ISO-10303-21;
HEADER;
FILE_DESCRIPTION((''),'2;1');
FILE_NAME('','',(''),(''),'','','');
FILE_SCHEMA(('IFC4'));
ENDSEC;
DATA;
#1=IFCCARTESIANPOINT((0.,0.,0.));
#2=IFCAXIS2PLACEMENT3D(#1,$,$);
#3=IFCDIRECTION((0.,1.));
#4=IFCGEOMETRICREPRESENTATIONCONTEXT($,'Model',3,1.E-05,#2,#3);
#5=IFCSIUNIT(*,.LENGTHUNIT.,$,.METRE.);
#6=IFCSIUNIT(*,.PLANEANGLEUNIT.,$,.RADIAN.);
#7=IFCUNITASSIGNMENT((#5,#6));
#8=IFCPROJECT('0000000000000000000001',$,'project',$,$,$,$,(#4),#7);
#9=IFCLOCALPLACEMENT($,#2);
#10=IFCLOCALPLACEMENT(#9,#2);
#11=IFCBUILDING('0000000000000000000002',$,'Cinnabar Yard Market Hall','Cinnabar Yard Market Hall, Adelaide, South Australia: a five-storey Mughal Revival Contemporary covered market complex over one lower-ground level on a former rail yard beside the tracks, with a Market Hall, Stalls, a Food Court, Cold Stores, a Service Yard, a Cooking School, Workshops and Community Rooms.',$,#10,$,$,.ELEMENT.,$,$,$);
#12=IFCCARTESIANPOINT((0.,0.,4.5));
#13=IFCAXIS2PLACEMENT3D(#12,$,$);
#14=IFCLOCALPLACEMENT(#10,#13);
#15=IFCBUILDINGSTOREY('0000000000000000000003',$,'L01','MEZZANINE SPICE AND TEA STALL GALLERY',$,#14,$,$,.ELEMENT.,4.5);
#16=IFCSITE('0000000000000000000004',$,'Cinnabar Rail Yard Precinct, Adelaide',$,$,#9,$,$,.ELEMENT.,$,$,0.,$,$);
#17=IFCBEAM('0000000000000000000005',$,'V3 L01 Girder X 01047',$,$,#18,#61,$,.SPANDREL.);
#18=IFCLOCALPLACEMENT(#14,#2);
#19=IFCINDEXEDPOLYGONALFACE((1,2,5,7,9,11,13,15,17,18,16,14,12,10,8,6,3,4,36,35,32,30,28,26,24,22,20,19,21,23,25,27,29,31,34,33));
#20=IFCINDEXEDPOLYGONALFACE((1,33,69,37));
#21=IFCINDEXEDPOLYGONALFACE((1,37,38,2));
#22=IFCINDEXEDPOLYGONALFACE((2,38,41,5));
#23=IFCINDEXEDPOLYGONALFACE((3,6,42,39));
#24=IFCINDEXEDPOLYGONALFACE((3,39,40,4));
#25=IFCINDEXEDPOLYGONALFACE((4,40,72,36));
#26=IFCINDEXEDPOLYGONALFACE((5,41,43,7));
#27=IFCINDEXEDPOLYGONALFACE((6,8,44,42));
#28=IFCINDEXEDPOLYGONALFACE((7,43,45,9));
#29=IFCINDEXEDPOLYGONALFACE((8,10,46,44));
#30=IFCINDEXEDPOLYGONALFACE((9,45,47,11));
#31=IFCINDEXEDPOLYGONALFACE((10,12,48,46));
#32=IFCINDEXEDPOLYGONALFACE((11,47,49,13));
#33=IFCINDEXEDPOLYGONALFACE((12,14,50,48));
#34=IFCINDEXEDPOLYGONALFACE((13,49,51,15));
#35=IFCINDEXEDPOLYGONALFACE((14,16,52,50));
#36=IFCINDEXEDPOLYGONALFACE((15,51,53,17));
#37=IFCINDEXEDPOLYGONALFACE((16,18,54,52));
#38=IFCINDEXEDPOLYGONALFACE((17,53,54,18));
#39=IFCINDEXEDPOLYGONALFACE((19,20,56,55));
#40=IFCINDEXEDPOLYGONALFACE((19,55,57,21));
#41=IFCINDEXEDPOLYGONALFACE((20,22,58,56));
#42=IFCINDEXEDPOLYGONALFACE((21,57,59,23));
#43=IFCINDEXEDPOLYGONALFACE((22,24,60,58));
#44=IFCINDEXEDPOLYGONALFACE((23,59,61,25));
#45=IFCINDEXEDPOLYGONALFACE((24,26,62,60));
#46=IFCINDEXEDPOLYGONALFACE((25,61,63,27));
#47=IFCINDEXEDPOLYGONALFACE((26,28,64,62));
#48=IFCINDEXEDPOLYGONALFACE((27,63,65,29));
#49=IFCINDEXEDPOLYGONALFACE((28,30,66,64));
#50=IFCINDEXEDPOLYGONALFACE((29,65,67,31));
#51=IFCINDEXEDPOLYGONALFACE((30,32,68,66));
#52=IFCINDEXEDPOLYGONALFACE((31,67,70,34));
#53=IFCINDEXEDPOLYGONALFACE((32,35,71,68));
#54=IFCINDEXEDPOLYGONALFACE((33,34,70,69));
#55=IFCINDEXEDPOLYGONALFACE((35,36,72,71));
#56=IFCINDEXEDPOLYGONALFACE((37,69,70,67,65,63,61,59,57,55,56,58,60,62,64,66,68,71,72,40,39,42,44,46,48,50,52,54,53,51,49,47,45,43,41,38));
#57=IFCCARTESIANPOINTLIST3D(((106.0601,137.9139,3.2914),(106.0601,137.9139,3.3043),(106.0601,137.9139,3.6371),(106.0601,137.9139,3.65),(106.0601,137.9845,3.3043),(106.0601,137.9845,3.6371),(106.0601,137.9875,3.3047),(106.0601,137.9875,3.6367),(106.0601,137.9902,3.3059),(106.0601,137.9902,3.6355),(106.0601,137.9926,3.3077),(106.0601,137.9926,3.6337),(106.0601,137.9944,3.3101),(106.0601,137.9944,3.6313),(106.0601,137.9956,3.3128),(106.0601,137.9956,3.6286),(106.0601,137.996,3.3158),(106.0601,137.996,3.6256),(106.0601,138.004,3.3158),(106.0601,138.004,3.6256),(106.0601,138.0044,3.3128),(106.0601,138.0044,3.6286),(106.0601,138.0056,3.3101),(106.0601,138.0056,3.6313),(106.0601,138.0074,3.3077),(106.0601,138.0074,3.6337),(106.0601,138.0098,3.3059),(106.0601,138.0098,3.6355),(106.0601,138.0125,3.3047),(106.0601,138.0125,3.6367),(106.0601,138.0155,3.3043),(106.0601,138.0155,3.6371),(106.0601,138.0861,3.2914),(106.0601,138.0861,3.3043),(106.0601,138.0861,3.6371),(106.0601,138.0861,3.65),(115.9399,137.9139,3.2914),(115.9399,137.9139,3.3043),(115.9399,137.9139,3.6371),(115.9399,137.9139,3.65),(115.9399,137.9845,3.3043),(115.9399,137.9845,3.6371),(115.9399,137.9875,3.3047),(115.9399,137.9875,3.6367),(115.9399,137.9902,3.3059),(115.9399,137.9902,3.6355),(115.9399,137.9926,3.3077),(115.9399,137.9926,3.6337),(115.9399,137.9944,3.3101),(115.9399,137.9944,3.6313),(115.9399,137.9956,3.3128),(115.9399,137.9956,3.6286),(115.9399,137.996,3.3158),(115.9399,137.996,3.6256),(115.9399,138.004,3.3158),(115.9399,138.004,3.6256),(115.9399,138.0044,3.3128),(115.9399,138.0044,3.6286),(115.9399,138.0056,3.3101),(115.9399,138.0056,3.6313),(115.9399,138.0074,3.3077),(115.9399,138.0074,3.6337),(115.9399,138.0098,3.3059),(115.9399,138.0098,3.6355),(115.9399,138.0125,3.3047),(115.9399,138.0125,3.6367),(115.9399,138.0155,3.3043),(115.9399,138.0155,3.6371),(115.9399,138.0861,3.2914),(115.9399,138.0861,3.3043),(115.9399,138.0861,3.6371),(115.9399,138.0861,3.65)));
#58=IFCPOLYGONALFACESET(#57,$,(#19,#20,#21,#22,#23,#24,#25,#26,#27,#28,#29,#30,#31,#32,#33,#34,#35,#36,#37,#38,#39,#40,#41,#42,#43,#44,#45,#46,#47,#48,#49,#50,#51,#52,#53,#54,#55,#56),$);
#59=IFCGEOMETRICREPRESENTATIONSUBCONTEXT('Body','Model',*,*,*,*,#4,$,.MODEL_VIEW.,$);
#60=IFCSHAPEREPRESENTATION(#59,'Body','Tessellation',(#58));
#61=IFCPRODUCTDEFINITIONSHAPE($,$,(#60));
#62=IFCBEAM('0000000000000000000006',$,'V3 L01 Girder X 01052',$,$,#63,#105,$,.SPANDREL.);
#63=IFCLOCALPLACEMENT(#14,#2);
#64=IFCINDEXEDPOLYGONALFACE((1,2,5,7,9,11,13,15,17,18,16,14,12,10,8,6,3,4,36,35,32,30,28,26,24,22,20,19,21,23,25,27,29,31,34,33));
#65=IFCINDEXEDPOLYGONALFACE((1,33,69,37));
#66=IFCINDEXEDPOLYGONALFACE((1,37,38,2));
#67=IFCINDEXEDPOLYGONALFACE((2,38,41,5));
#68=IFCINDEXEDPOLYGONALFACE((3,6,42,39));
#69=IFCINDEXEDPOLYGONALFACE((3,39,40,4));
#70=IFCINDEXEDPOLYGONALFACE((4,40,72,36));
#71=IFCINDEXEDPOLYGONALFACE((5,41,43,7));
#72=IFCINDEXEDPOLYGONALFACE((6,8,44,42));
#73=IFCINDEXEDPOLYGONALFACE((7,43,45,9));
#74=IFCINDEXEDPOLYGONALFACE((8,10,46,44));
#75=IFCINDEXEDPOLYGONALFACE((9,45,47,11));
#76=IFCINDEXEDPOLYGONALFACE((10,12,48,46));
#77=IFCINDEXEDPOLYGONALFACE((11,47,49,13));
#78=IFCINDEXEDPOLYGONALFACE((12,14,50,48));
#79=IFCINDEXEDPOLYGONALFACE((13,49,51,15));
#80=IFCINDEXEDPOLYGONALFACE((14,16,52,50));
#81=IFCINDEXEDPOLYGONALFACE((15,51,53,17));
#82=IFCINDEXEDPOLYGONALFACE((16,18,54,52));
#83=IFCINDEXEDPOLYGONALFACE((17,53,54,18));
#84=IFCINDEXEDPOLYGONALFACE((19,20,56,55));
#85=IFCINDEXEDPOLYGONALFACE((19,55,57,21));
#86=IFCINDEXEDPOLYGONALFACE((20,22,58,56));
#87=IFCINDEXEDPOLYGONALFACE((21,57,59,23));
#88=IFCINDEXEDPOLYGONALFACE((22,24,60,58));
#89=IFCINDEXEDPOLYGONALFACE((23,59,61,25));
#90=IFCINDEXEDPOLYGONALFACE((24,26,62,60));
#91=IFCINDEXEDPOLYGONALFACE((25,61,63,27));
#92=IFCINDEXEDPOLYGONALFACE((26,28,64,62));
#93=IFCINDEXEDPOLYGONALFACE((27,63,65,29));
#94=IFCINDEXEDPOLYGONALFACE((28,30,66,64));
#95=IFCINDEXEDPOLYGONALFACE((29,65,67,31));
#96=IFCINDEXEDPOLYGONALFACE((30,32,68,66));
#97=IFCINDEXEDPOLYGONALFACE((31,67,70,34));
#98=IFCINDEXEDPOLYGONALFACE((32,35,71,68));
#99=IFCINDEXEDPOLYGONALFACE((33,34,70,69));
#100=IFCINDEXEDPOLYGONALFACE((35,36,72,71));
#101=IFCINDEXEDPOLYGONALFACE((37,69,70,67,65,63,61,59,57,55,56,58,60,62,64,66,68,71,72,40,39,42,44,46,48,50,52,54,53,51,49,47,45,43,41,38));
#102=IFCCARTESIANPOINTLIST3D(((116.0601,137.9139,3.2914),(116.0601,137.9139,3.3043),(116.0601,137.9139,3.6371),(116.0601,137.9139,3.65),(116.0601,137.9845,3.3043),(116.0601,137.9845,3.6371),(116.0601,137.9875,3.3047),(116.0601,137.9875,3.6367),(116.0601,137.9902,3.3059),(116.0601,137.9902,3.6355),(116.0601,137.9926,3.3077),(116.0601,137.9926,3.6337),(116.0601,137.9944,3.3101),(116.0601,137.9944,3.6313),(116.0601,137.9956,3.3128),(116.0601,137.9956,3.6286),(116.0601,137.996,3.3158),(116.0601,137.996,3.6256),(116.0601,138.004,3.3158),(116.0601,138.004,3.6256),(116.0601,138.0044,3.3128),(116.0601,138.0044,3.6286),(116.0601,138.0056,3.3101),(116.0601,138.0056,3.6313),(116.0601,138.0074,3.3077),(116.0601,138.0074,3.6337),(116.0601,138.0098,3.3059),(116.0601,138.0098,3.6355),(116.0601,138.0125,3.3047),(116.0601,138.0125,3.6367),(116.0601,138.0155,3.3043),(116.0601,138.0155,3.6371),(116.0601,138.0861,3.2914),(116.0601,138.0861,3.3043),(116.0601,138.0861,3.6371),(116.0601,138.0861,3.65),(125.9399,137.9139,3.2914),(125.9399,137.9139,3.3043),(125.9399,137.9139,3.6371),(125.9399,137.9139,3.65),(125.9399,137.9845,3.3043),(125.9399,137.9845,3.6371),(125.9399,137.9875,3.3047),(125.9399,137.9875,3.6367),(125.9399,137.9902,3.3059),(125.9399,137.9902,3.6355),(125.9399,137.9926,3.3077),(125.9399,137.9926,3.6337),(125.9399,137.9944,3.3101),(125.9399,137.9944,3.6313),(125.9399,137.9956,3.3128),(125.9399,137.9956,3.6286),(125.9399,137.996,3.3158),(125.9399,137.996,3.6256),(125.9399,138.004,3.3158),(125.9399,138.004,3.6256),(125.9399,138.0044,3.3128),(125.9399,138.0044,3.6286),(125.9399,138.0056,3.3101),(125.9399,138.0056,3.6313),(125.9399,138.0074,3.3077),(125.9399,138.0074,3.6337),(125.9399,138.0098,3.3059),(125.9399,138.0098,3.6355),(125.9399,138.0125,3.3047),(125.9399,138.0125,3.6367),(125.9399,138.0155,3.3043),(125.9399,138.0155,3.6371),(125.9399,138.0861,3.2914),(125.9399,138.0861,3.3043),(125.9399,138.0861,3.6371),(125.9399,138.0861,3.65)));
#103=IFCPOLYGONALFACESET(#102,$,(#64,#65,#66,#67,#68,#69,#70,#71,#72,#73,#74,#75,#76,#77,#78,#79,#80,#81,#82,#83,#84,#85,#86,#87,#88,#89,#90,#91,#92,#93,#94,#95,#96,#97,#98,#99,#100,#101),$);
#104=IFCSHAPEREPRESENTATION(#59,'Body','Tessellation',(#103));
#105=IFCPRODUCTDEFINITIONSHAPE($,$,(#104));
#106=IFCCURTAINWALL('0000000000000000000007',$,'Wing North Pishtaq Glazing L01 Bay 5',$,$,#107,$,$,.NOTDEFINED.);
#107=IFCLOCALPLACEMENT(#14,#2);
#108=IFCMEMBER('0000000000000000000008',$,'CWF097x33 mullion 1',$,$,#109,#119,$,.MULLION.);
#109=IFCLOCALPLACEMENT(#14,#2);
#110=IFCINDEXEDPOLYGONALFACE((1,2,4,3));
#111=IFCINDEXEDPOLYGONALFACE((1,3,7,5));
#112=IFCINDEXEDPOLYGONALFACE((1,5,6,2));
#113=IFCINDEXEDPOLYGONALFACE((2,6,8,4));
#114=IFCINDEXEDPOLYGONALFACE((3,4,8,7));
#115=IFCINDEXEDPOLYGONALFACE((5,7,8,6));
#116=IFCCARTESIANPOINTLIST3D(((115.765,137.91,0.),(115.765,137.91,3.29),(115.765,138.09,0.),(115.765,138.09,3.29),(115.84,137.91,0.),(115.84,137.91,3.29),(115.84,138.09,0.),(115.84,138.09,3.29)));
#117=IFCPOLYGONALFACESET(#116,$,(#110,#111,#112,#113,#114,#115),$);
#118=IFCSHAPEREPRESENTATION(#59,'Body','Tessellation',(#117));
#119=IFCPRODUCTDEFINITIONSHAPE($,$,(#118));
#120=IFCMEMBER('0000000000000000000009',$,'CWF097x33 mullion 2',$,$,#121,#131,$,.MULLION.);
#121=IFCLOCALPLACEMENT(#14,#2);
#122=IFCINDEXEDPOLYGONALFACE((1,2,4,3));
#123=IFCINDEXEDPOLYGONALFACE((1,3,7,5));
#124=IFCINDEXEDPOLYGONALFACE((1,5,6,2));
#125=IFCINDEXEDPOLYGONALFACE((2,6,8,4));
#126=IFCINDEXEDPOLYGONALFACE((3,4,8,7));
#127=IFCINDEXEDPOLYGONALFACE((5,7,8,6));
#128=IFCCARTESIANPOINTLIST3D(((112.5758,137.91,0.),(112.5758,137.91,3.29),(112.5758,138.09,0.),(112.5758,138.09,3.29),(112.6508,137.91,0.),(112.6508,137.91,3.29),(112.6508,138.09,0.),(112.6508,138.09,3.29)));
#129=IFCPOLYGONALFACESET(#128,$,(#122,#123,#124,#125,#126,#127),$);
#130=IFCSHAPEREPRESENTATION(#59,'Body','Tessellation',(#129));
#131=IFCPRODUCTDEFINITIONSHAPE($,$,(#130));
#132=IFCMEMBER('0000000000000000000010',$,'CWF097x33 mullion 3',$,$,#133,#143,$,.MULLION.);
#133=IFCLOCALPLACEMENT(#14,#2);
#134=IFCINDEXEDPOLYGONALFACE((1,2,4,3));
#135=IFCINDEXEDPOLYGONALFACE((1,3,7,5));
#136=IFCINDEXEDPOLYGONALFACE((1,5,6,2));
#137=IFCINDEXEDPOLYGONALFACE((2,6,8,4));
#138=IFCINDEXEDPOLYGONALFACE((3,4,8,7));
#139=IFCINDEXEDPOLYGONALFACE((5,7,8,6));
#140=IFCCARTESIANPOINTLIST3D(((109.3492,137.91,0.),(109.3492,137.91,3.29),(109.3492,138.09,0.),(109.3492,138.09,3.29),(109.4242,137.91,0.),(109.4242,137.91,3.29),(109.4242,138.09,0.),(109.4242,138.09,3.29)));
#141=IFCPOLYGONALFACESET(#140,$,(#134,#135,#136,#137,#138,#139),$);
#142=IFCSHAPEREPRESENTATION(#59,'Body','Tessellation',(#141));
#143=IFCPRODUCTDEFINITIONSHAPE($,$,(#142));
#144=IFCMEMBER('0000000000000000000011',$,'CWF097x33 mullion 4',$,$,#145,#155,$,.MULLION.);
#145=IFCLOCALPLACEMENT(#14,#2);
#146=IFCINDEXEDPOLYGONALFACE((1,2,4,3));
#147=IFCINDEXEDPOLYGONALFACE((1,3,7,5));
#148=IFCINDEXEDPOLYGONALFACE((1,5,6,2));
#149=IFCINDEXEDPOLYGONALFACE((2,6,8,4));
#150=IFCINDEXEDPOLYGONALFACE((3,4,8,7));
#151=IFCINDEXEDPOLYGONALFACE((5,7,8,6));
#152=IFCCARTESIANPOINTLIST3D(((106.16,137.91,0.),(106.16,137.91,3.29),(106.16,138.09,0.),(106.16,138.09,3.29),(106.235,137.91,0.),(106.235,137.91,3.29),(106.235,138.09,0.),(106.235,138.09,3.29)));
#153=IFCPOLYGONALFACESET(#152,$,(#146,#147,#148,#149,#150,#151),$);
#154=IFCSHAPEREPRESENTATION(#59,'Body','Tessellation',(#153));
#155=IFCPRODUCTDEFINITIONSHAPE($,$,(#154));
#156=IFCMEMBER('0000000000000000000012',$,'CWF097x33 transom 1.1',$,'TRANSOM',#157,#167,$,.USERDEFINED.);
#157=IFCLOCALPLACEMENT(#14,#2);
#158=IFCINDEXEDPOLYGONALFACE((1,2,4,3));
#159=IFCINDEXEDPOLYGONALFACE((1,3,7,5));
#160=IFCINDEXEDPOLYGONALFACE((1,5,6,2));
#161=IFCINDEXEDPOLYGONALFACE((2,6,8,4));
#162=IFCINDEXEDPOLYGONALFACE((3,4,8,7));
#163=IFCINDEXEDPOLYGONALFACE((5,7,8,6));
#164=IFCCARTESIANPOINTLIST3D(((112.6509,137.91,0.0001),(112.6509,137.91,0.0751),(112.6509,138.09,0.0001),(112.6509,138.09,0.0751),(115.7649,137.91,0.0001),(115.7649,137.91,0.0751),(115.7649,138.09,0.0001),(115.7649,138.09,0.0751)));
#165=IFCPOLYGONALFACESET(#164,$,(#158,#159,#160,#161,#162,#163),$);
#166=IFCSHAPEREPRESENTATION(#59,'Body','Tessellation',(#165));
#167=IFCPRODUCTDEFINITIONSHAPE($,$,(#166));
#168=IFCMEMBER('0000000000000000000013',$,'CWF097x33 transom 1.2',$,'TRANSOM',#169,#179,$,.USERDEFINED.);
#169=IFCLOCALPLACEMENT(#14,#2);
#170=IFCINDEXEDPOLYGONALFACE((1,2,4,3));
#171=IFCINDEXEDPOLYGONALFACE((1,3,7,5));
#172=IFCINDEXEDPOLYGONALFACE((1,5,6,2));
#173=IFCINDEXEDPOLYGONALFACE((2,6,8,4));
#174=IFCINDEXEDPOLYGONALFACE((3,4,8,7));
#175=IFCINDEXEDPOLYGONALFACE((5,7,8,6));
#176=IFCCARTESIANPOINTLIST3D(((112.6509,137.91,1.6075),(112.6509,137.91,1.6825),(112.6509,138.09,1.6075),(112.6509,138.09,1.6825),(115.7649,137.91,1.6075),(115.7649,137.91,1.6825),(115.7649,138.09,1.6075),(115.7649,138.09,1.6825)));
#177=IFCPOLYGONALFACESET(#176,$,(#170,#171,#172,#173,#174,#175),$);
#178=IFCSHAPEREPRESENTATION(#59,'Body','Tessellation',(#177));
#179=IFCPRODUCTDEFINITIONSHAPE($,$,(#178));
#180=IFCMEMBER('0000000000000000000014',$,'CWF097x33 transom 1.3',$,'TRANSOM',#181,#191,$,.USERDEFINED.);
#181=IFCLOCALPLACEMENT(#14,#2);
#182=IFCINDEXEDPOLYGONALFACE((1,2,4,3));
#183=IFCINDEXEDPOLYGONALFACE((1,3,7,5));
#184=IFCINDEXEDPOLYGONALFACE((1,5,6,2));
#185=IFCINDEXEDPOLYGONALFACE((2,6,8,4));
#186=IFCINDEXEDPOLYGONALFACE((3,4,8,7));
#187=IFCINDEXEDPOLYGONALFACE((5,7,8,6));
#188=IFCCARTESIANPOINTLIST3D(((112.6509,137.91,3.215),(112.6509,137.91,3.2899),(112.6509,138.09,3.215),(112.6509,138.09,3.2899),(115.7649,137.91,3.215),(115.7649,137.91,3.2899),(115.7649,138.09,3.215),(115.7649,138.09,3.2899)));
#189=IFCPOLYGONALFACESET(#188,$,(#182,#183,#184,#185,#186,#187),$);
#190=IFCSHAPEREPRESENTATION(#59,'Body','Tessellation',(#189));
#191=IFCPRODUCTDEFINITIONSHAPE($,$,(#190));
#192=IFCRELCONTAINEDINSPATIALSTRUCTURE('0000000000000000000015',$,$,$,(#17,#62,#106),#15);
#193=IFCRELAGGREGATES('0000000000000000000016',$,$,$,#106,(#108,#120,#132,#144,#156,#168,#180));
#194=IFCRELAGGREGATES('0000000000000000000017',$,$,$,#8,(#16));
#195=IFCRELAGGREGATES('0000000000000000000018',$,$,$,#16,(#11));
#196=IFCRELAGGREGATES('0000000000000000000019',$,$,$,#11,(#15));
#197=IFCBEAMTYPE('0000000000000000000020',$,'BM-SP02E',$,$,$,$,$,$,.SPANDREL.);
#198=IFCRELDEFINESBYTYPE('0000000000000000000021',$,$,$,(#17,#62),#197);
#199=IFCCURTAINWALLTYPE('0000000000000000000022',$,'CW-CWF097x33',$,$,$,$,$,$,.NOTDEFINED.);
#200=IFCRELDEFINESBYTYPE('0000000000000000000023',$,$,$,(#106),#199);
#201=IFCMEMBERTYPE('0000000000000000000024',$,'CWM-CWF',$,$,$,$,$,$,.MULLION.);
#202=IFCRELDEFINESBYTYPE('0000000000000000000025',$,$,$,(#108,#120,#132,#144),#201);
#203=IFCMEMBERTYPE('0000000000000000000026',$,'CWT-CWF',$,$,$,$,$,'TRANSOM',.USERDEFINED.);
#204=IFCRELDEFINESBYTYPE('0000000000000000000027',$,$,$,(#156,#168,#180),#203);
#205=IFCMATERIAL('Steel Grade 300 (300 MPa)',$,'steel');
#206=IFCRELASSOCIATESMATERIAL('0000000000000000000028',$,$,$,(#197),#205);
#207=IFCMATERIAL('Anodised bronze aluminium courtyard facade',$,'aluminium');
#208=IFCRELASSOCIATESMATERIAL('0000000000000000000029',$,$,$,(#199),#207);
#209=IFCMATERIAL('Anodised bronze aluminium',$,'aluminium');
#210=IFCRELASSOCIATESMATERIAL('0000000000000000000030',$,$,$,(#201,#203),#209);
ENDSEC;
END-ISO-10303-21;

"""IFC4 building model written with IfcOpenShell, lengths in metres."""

from ifc_helpers import new_model, si_unit, direction, frame, origin, origin_2d_with_axis, place, context, subcontext, project, spatial, rectangle, i_section, extrude, material, material_profile, profile_set, type_object, element, aggregate, save


model = new_model("IFC4")

# Units and contexts
model_context = context("Model", 3, precision=1e-05, world=origin(), true_north=direction((0.0, 1.0)))
body_context = subcontext(model_context, "Body", "Model", "MODEL_VIEW")
ifc_project = project(units=[si_unit("LENGTHUNIT", "METRE"), si_unit("PLANEANGLEUNIT", "RADIAN")], contexts=[model_context])

# Site, building, storey
site_placement = place(None, origin())
site = spatial("IfcSite", under=ifc_project, at=site_placement, Name="Cinnabar Rail Yard Precinct, Adelaide", CompositionType="ELEMENT", RefElevation=0.0)
building_placement = place(site_placement, origin())
building = spatial("IfcBuilding", under=site, at=building_placement, Name="Cinnabar Yard Market Hall", Description="Cinnabar Yard Market Hall, Adelaide, South Australia: a five-storey Mughal Revival Contemporary covered market complex over one lower-ground level on a former rail yard beside the tracks, with a Market Hall, Stalls, a Food Court, Cold Stores, a Service Yard, a Cooking School, Workshops and Community Rooms.", CompositionType="ELEMENT")
storey_placement = place(building_placement, frame((0.0, 0.0, 4.5)))
storey = spatial("IfcBuildingStorey", under=building, at=storey_placement, Name="L01", Description="MEZZANINE SPICE AND TEA STALL GALLERY", CompositionType="ELEMENT", Elevation=4.5)

# Shared definitions
ifc_material_1 = material(Name="Steel Grade 300 (300 MPa)", Category="steel")

# Beams
ifc_material_profile_1 = material_profile(ifc_material_1, i_section(OverallWidth=0.1721, OverallDepth=0.3586, WebThickness=0.0081, FlangeThickness=0.0129, FilletRadius=0.0115, at=origin_2d_with_axis()), Name="360UB56.7")
ifc_profile_set_1 = profile_set([ifc_material_profile_1], Name="Steel Grade 300 (300 MPa)")
beam_type_1 = type_object("IfcBeamType", Name="BM-SP02E", PredefinedType="SPANDREL", material=ifc_profile_set_1)
for number, where, z_axis, x_axis, name in (
    (1, (106.0601, 138.0, 3.4707), (1.0, 0.0, 0.0), (0.0, 1.0, 0.0), "V3 L01 Girder X 01047"),
    (2, (116.0601, 138.0, 3.4707), (1.0, 0.0, 0.0), (0.0, 1.0, 0.0), "V3 L01 Girder X 01052"),
):
    element("IfcBeam", number, at=place(storey_placement, frame(where, z_axis=z_axis, x_axis=x_axis)), inside=storey, type_object=beam_type_1, Name=name, PredefinedType="SPANDREL", context=body_context, shape_type="SweptSolid", body=[
        extrude(i_section(OverallWidth=0.1721, OverallDepth=0.3586, WebThickness=0.0081, FlangeThickness=0.0129, FilletRadius=0.0115, at=origin_2d_with_axis()), origin(), (0.0, 0.0, 1.0), 9.8799),
    ])

# Curtain wall, members
ifc_material_2 = material(Name="Anodised bronze aluminium courtyard facade", Category="aluminium")
curtain_wall_type = type_object("IfcCurtainWallType", Name="CW-CWF097x33", PredefinedType="NOTDEFINED", material=ifc_material_2)
curtain_wall_placement = place(storey_placement, origin())
curtain_wall = element("IfcCurtainWall", 3, at=curtain_wall_placement, inside=storey, type_object=curtain_wall_type, Name="Wing North Pishtaq Glazing L01 Bay 5", PredefinedType="NOTDEFINED")
ifc_material_3 = material(Name="Anodised bronze aluminium", Category="aluminium")
ifc_material_profile_2 = material_profile(ifc_material_3, rectangle(XDim=0.1799, YDim=0.075, at=origin_2d_with_axis()), Name="MUL-CWF")
ifc_profile_set_2 = profile_set([ifc_material_profile_2], Name="Anodised bronze aluminium")
member_type_1 = type_object("IfcMemberType", Name="CWM-CWF", PredefinedType="MULLION", material=ifc_profile_set_2)
member_1_placement = place(storey_placement, frame((115.8025, 138.0, 0.0), z_axis=(0.0, 0.0, 1.0), x_axis=(0.0, -1.0, 0.0)))
member_1 = element("IfcMember", 4, at=member_1_placement, type_object=member_type_1, Name="CWF097x33 mullion 1", PredefinedType="MULLION", context=body_context, shape_type="SweptSolid", body=[
    extrude(rectangle(XDim=0.1799, YDim=0.075, at=origin_2d_with_axis()), origin(), (0.0, 0.0, 1.0), 3.29),
])
member_2_placement = place(storey_placement, frame((112.6133, 138.0, 0.0), z_axis=(0.0, 0.0, 1.0), x_axis=(0.0, -1.0, 0.0)))
member_2 = element("IfcMember", 5, at=member_2_placement, type_object=member_type_1, Name="CWF097x33 mullion 2", PredefinedType="MULLION", context=body_context, shape_type="SweptSolid", body=[
    extrude(rectangle(XDim=0.1799, YDim=0.075, at=origin_2d_with_axis()), origin(), (0.0, 0.0, 1.0), 3.29),
])
member_3_placement = place(storey_placement, frame((109.3867, 138.0, 0.0), z_axis=(0.0, 0.0, 1.0), x_axis=(0.0, -1.0, 0.0)))
member_3 = element("IfcMember", 6, at=member_3_placement, type_object=member_type_1, Name="CWF097x33 mullion 3", PredefinedType="MULLION", context=body_context, shape_type="SweptSolid", body=[
    extrude(rectangle(XDim=0.1799, YDim=0.075, at=origin_2d_with_axis()), origin(), (0.0, 0.0, 1.0), 3.29),
])
member_4_placement = place(storey_placement, frame((106.1975, 138.0, 0.0), z_axis=(0.0, 0.0, 1.0), x_axis=(0.0, -1.0, 0.0)))
member_4 = element("IfcMember", 7, at=member_4_placement, type_object=member_type_1, Name="CWF097x33 mullion 4", PredefinedType="MULLION", context=body_context, shape_type="SweptSolid", body=[
    extrude(rectangle(XDim=0.1799, YDim=0.075, at=origin_2d_with_axis()), origin(), (0.0, 0.0, 1.0), 3.29),
])
ifc_material_profile_3 = material_profile(ifc_material_3, rectangle(XDim=0.1799, YDim=0.075, at=origin_2d_with_axis()), Name="TRN-CWF")
ifc_profile_set_3 = profile_set([ifc_material_profile_3], Name="Anodised bronze aluminium")
member_type_2 = type_object("IfcMemberType", Name="CWT-CWF", ElementType="TRANSOM", PredefinedType="USERDEFINED", material=ifc_profile_set_3)
member_5_placement = place(storey_placement, frame((115.7649, 138.0, 0.0376), z_axis=(-1.0, 0.0, 0.0), x_axis=(0.0, -1.0, 0.0)))
member_5 = element("IfcMember", 8, at=member_5_placement, type_object=member_type_2, Name="CWF097x33 transom 1.1", ObjectType="TRANSOM", PredefinedType="USERDEFINED", context=body_context, shape_type="SweptSolid", body=[
    extrude(rectangle(XDim=0.1799, YDim=0.075, at=origin_2d_with_axis()), origin(), (0.0, 0.0, 1.0), 3.114),
])
member_6_placement = place(storey_placement, frame((115.7649, 138.0, 1.645), z_axis=(-1.0, 0.0, 0.0), x_axis=(0.0, -1.0, 0.0)))
member_6 = element("IfcMember", 9, at=member_6_placement, type_object=member_type_2, Name="CWF097x33 transom 1.2", ObjectType="TRANSOM", PredefinedType="USERDEFINED", context=body_context, shape_type="SweptSolid", body=[
    extrude(rectangle(XDim=0.1799, YDim=0.075, at=origin_2d_with_axis()), origin(), (0.0, 0.0, 1.0), 3.114),
])
member_7_placement = place(storey_placement, frame((115.7649, 138.0, 3.2524), z_axis=(-1.0, 0.0, 0.0), x_axis=(0.0, -1.0, 0.0)))
member_7 = element("IfcMember", 10, at=member_7_placement, type_object=member_type_2, Name="CWF097x33 transom 1.3", ObjectType="TRANSOM", PredefinedType="USERDEFINED", context=body_context, shape_type="SweptSolid", body=[
    extrude(rectangle(XDim=0.1799, YDim=0.075, at=origin_2d_with_axis()), origin(), (0.0, 0.0, 1.0), 3.114),
])
aggregate(curtain_wall, [member_1, member_2, member_3, member_4, member_5, member_6, member_7])

save(model, "model.ifc")
